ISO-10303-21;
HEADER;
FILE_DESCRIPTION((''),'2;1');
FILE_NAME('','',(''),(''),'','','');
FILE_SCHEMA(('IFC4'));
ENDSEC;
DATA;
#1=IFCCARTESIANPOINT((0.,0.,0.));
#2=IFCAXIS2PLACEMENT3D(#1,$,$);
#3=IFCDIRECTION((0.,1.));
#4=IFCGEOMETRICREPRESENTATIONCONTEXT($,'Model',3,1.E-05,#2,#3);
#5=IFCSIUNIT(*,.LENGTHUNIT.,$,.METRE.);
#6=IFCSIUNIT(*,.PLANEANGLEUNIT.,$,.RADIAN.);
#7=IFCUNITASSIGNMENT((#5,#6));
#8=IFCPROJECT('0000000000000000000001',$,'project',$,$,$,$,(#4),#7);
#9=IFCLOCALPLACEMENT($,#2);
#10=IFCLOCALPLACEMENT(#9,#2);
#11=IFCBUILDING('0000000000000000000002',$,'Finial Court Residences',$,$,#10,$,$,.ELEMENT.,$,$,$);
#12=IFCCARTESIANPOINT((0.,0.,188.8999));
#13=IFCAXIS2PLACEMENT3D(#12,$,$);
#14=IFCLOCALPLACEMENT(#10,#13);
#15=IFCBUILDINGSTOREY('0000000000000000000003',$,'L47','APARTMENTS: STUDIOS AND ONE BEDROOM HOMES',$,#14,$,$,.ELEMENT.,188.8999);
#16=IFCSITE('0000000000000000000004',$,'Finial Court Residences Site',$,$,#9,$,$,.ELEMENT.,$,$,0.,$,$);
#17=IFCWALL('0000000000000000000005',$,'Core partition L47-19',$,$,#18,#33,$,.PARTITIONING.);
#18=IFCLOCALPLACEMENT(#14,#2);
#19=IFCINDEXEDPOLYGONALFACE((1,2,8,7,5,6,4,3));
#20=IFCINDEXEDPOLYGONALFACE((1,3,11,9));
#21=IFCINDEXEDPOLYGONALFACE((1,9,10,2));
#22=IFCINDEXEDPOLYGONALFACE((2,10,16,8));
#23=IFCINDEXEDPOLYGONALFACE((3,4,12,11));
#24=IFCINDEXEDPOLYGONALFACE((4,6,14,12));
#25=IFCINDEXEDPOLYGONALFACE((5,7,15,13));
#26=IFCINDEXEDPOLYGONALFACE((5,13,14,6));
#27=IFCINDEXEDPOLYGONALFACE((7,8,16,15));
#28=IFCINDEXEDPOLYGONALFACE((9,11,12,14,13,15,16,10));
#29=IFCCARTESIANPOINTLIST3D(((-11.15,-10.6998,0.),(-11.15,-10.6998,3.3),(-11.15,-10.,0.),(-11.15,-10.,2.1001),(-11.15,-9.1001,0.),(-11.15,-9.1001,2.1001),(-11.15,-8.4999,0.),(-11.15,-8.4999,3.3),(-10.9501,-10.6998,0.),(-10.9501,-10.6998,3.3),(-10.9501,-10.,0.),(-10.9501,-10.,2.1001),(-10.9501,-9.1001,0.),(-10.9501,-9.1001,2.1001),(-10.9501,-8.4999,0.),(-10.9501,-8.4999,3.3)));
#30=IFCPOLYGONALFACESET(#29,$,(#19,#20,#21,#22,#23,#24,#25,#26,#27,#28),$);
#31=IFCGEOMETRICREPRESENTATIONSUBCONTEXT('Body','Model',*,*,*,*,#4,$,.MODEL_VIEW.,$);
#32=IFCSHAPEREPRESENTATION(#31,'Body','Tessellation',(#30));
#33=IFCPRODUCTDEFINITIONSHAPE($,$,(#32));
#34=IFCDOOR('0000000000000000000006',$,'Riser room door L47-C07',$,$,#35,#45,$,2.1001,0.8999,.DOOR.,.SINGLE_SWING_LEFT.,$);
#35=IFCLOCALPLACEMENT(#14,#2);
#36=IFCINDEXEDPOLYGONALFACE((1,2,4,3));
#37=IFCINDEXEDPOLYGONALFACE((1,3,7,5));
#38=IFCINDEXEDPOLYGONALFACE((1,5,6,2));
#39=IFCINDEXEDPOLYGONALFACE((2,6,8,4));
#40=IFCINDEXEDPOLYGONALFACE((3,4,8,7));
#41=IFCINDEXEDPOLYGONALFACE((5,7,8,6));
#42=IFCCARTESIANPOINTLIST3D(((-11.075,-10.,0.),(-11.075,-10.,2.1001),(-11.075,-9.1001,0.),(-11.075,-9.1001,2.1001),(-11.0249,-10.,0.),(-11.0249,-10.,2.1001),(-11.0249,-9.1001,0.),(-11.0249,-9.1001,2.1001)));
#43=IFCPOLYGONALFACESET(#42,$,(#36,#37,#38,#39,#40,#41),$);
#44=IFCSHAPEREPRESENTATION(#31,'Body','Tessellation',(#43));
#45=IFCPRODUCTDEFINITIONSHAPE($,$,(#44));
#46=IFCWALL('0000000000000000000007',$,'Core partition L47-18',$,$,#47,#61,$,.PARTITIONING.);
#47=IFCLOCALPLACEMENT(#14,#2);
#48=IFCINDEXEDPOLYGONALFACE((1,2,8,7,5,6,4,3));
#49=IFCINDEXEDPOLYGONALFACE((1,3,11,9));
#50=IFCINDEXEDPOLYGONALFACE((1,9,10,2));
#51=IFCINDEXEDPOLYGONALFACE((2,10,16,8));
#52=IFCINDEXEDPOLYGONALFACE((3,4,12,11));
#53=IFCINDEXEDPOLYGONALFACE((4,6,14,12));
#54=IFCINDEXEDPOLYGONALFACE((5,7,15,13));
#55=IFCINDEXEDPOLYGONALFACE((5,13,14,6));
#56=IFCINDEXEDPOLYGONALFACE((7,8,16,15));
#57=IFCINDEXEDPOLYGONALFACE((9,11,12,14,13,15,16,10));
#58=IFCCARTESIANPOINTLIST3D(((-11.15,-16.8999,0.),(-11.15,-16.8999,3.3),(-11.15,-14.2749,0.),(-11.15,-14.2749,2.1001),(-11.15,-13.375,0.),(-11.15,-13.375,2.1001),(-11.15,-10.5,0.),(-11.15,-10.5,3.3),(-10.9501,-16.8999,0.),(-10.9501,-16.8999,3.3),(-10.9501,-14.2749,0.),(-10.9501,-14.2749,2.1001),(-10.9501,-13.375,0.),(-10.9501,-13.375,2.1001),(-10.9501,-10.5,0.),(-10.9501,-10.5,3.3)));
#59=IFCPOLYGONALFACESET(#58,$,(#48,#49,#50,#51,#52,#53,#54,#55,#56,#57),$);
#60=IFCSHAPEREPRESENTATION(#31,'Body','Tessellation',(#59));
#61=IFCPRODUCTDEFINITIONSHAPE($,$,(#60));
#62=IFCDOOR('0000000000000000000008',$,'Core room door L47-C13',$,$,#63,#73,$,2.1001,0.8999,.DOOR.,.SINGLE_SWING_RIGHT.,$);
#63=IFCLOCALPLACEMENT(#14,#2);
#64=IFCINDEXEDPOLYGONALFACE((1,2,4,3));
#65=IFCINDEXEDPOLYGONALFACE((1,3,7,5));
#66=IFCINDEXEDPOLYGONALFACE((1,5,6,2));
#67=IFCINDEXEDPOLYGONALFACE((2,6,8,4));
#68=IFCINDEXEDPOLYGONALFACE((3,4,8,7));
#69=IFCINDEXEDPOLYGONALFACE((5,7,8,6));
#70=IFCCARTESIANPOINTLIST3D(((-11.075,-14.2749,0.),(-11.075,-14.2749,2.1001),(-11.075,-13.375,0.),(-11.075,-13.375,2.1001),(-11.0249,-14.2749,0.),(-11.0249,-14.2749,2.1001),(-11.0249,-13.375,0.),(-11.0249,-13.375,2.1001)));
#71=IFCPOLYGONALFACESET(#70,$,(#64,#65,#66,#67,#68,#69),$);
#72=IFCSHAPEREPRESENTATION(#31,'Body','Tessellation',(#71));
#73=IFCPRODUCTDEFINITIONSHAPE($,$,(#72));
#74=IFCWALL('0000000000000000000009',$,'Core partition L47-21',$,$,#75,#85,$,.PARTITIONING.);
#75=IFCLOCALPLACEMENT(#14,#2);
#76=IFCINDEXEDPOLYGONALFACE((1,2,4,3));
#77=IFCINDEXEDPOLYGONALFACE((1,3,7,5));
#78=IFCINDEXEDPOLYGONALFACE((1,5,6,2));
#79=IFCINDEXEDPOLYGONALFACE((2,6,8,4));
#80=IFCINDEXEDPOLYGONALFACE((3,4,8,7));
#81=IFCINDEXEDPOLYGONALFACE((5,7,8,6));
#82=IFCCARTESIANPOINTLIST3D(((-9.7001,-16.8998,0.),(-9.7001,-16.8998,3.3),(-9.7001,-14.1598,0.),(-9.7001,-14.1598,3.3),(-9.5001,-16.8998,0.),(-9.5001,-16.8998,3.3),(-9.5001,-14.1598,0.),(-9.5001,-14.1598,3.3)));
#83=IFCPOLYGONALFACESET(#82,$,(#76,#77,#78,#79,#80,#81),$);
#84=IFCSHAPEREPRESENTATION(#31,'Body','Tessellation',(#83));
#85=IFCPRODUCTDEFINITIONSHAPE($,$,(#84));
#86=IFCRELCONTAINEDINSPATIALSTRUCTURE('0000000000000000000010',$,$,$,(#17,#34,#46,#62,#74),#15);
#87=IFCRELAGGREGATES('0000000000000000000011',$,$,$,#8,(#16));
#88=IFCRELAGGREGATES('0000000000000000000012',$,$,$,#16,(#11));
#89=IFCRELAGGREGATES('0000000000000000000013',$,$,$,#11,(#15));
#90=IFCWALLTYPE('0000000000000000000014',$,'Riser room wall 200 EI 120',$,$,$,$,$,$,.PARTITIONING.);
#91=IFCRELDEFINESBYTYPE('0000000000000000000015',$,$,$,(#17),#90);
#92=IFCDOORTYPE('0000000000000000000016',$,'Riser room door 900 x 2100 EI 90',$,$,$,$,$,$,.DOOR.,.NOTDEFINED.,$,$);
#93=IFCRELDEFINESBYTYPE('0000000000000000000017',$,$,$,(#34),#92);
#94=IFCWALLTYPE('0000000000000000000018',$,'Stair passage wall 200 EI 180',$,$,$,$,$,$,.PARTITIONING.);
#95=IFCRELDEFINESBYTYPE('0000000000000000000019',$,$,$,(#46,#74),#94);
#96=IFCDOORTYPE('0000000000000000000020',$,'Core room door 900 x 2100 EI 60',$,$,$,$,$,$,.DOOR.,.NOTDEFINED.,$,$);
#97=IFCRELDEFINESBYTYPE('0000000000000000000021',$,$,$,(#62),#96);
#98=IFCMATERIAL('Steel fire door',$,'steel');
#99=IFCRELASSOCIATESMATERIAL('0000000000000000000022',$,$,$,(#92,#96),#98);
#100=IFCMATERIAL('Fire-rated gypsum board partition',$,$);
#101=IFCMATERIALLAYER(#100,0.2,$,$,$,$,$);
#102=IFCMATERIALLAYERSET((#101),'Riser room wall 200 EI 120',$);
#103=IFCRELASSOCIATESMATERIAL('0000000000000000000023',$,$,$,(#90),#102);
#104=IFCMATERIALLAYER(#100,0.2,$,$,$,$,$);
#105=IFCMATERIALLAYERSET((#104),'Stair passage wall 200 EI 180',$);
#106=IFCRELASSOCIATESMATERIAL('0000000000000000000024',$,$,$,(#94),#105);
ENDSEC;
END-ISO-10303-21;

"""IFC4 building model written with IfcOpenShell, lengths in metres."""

from ifc_helpers import new_model, si_unit, direction, frame, frame_2d, origin, place, context, subcontext, project, spatial, rectangle, extrude, material, layer, layer_set, type_object, element, fill, save


model = new_model("IFC4")

# Units and contexts
model_context = context("Model", 3, precision=1e-05, world=origin(), true_north=direction((0.0, 1.0)))
body_context = subcontext(model_context, "Body", "Model", "MODEL_VIEW")
ifc_project = project(units=[si_unit("LENGTHUNIT", "METRE"), si_unit("PLANEANGLEUNIT", "RADIAN")], contexts=[model_context])

# Site, building, storey
site_placement = place(None, origin())
site = spatial("IfcSite", under=ifc_project, at=site_placement, Name="Finial Court Residences Site", CompositionType="ELEMENT", RefElevation=0.0)
building_placement = place(site_placement, origin())
building = spatial("IfcBuilding", under=site, at=building_placement, Name="Finial Court Residences", CompositionType="ELEMENT")
storey_placement = place(building_placement, frame((0.0, 0.0, 188.8999)))
storey = spatial("IfcBuildingStorey", under=building, at=storey_placement, Name="L47", Description="APARTMENTS: STUDIOS AND ONE BEDROOM HOMES", CompositionType="ELEMENT", Elevation=188.8999)

# Shared definitions
ifc_material_1 = material(Name="Steel fire door", Category="steel")
door_type_1 = type_object("IfcDoorType", Name="Riser room door 900 x 2100 EI 90", OperationType="NOTDEFINED", PredefinedType="DOOR", material=ifc_material_1)

# Shared definitions
ifc_material_2 = material(Name="Fire-rated gypsum board partition")
ifc_layer_1 = layer(ifc_material_2, 0.2)
ifc_layer_set_1 = layer_set([ifc_layer_1], Name="Riser room wall 200 EI 120")
wall_type_1 = type_object("IfcWallType", Name="Riser room wall 200 EI 120", PredefinedType="PARTITIONING", material=ifc_layer_set_1)

# Walls, openings, doors
wall_1_placement = place(storey_placement, frame((-11.05, -10.7, 0.0), z_axis=(0.0, 0.0, 1.0), x_axis=(0.0, 1.0, 0.0)))
wall_1 = element("IfcWall", 1, at=wall_1_placement, inside=storey, type_object=wall_type_1, Name="Core partition L47-19", PredefinedType="PARTITIONING", context=body_context, shape_type="SweptSolid", body=[
    extrude(rectangle(XDim=2.2, YDim=0.2, at=frame_2d((1.1001, 0.0))), origin(), (0.0, 0.0, 1.0), 3.3),
])
opening_1_placement = place(wall_1_placement, frame((0.7, 0.0, 0.0)))
opening_1 = element("IfcOpeningElement", 2, at=opening_1_placement, cuts=wall_1, PredefinedType="OPENING", context=body_context, shape_type="SweptSolid", body=[
    extrude(rectangle(XDim=0.8999, YDim=2.1001, at=frame_2d((0.45, 1.05))), frame((0.0, 0.1099, 0.0), z_axis=(0.0, -1.0, 0.0), x_axis=(1.0, 0.0, 0.0)), (0.0, 0.0, 1.0), 0.22),
])
door_1_placement = place(opening_1_placement, origin())
door_1 = element("IfcDoor", 3, at=door_1_placement, inside=storey, type_object=door_type_1, Name="Riser room door L47-C07", OperationType="SINGLE_SWING_LEFT", OverallHeight=2.1001, OverallWidth=0.8999, PredefinedType="DOOR", context=body_context, shape_type="SweptSolid", body=[
    extrude(rectangle(XDim=0.8999, YDim=2.1001, at=frame_2d((0.45, 1.05))), frame((0.0, 0.0249, 0.0), z_axis=(0.0, -1.0, 0.0), x_axis=(1.0, 0.0, 0.0)), (0.0, 0.0, 1.0), 0.05),
])
fill(opening_1, door_1)
ifc_layer_2 = layer(ifc_material_2, 0.2)
ifc_layer_set_2 = layer_set([ifc_layer_2], Name="Stair passage wall 200 EI 180")
wall_type_2 = type_object("IfcWallType", Name="Stair passage wall 200 EI 180", PredefinedType="PARTITIONING", material=ifc_layer_set_2)
wall_2_placement = place(storey_placement, frame((-11.05, -16.8999, 0.0), z_axis=(0.0, 0.0, 1.0), x_axis=(0.0, 1.0, 0.0)))
wall_2 = element("IfcWall", 4, at=wall_2_placement, inside=storey, type_object=wall_type_2, Name="Core partition L47-18", PredefinedType="PARTITIONING", context=body_context, shape_type="SweptSolid", body=[
    extrude(rectangle(XDim=6.3999, YDim=0.2, at=frame_2d((3.2, 0.0))), origin(), (0.0, 0.0, 1.0), 3.3),
])
opening_2_placement = place(wall_2_placement, frame((2.625, 0.0, 0.0)))
opening_2 = element("IfcOpeningElement", 5, at=opening_2_placement, cuts=wall_2, PredefinedType="OPENING", context=body_context, shape_type="SweptSolid", body=[
    extrude(rectangle(XDim=0.8999, YDim=2.1001, at=frame_2d((0.45, 1.05))), frame((0.0, 0.1099, 0.0), z_axis=(0.0, -1.0, 0.0), x_axis=(1.0, 0.0, 0.0)), (0.0, 0.0, 1.0), 0.22),
])
door_type_2 = type_object("IfcDoorType", Name="Core room door 900 x 2100 EI 60", OperationType="NOTDEFINED", PredefinedType="DOOR", material=ifc_material_1)
door_2_placement = place(opening_2_placement, origin())
door_2 = element("IfcDoor", 6, at=door_2_placement, inside=storey, type_object=door_type_2, Name="Core room door L47-C13", OperationType="SINGLE_SWING_RIGHT", OverallHeight=2.1001, OverallWidth=0.8999, PredefinedType="DOOR", context=body_context, shape_type="SweptSolid", body=[
    extrude(rectangle(XDim=0.8999, YDim=2.1001, at=frame_2d((0.45, 1.05))), frame((0.0, 0.0249, 0.0), z_axis=(0.0, -1.0, 0.0), x_axis=(1.0, 0.0, 0.0)), (0.0, 0.0, 1.0), 0.05),
])
fill(opening_2, door_2)

# Wall
wall_3_placement = place(storey_placement, frame((-9.6001, -16.8999, 0.0), z_axis=(0.0, 0.0, 1.0), x_axis=(0.0, 1.0, 0.0)))
element("IfcWall", 7, at=wall_3_placement, inside=storey, type_object=wall_type_2, Name="Core partition L47-21", PredefinedType="PARTITIONING", context=body_context, shape_type="SweptSolid", body=[
    extrude(rectangle(XDim=2.74, YDim=0.2, at=frame_2d((1.3701, 0.0))), origin(), (0.0, 0.0, 1.0), 3.3),
])

save(model, "model.ifc")
